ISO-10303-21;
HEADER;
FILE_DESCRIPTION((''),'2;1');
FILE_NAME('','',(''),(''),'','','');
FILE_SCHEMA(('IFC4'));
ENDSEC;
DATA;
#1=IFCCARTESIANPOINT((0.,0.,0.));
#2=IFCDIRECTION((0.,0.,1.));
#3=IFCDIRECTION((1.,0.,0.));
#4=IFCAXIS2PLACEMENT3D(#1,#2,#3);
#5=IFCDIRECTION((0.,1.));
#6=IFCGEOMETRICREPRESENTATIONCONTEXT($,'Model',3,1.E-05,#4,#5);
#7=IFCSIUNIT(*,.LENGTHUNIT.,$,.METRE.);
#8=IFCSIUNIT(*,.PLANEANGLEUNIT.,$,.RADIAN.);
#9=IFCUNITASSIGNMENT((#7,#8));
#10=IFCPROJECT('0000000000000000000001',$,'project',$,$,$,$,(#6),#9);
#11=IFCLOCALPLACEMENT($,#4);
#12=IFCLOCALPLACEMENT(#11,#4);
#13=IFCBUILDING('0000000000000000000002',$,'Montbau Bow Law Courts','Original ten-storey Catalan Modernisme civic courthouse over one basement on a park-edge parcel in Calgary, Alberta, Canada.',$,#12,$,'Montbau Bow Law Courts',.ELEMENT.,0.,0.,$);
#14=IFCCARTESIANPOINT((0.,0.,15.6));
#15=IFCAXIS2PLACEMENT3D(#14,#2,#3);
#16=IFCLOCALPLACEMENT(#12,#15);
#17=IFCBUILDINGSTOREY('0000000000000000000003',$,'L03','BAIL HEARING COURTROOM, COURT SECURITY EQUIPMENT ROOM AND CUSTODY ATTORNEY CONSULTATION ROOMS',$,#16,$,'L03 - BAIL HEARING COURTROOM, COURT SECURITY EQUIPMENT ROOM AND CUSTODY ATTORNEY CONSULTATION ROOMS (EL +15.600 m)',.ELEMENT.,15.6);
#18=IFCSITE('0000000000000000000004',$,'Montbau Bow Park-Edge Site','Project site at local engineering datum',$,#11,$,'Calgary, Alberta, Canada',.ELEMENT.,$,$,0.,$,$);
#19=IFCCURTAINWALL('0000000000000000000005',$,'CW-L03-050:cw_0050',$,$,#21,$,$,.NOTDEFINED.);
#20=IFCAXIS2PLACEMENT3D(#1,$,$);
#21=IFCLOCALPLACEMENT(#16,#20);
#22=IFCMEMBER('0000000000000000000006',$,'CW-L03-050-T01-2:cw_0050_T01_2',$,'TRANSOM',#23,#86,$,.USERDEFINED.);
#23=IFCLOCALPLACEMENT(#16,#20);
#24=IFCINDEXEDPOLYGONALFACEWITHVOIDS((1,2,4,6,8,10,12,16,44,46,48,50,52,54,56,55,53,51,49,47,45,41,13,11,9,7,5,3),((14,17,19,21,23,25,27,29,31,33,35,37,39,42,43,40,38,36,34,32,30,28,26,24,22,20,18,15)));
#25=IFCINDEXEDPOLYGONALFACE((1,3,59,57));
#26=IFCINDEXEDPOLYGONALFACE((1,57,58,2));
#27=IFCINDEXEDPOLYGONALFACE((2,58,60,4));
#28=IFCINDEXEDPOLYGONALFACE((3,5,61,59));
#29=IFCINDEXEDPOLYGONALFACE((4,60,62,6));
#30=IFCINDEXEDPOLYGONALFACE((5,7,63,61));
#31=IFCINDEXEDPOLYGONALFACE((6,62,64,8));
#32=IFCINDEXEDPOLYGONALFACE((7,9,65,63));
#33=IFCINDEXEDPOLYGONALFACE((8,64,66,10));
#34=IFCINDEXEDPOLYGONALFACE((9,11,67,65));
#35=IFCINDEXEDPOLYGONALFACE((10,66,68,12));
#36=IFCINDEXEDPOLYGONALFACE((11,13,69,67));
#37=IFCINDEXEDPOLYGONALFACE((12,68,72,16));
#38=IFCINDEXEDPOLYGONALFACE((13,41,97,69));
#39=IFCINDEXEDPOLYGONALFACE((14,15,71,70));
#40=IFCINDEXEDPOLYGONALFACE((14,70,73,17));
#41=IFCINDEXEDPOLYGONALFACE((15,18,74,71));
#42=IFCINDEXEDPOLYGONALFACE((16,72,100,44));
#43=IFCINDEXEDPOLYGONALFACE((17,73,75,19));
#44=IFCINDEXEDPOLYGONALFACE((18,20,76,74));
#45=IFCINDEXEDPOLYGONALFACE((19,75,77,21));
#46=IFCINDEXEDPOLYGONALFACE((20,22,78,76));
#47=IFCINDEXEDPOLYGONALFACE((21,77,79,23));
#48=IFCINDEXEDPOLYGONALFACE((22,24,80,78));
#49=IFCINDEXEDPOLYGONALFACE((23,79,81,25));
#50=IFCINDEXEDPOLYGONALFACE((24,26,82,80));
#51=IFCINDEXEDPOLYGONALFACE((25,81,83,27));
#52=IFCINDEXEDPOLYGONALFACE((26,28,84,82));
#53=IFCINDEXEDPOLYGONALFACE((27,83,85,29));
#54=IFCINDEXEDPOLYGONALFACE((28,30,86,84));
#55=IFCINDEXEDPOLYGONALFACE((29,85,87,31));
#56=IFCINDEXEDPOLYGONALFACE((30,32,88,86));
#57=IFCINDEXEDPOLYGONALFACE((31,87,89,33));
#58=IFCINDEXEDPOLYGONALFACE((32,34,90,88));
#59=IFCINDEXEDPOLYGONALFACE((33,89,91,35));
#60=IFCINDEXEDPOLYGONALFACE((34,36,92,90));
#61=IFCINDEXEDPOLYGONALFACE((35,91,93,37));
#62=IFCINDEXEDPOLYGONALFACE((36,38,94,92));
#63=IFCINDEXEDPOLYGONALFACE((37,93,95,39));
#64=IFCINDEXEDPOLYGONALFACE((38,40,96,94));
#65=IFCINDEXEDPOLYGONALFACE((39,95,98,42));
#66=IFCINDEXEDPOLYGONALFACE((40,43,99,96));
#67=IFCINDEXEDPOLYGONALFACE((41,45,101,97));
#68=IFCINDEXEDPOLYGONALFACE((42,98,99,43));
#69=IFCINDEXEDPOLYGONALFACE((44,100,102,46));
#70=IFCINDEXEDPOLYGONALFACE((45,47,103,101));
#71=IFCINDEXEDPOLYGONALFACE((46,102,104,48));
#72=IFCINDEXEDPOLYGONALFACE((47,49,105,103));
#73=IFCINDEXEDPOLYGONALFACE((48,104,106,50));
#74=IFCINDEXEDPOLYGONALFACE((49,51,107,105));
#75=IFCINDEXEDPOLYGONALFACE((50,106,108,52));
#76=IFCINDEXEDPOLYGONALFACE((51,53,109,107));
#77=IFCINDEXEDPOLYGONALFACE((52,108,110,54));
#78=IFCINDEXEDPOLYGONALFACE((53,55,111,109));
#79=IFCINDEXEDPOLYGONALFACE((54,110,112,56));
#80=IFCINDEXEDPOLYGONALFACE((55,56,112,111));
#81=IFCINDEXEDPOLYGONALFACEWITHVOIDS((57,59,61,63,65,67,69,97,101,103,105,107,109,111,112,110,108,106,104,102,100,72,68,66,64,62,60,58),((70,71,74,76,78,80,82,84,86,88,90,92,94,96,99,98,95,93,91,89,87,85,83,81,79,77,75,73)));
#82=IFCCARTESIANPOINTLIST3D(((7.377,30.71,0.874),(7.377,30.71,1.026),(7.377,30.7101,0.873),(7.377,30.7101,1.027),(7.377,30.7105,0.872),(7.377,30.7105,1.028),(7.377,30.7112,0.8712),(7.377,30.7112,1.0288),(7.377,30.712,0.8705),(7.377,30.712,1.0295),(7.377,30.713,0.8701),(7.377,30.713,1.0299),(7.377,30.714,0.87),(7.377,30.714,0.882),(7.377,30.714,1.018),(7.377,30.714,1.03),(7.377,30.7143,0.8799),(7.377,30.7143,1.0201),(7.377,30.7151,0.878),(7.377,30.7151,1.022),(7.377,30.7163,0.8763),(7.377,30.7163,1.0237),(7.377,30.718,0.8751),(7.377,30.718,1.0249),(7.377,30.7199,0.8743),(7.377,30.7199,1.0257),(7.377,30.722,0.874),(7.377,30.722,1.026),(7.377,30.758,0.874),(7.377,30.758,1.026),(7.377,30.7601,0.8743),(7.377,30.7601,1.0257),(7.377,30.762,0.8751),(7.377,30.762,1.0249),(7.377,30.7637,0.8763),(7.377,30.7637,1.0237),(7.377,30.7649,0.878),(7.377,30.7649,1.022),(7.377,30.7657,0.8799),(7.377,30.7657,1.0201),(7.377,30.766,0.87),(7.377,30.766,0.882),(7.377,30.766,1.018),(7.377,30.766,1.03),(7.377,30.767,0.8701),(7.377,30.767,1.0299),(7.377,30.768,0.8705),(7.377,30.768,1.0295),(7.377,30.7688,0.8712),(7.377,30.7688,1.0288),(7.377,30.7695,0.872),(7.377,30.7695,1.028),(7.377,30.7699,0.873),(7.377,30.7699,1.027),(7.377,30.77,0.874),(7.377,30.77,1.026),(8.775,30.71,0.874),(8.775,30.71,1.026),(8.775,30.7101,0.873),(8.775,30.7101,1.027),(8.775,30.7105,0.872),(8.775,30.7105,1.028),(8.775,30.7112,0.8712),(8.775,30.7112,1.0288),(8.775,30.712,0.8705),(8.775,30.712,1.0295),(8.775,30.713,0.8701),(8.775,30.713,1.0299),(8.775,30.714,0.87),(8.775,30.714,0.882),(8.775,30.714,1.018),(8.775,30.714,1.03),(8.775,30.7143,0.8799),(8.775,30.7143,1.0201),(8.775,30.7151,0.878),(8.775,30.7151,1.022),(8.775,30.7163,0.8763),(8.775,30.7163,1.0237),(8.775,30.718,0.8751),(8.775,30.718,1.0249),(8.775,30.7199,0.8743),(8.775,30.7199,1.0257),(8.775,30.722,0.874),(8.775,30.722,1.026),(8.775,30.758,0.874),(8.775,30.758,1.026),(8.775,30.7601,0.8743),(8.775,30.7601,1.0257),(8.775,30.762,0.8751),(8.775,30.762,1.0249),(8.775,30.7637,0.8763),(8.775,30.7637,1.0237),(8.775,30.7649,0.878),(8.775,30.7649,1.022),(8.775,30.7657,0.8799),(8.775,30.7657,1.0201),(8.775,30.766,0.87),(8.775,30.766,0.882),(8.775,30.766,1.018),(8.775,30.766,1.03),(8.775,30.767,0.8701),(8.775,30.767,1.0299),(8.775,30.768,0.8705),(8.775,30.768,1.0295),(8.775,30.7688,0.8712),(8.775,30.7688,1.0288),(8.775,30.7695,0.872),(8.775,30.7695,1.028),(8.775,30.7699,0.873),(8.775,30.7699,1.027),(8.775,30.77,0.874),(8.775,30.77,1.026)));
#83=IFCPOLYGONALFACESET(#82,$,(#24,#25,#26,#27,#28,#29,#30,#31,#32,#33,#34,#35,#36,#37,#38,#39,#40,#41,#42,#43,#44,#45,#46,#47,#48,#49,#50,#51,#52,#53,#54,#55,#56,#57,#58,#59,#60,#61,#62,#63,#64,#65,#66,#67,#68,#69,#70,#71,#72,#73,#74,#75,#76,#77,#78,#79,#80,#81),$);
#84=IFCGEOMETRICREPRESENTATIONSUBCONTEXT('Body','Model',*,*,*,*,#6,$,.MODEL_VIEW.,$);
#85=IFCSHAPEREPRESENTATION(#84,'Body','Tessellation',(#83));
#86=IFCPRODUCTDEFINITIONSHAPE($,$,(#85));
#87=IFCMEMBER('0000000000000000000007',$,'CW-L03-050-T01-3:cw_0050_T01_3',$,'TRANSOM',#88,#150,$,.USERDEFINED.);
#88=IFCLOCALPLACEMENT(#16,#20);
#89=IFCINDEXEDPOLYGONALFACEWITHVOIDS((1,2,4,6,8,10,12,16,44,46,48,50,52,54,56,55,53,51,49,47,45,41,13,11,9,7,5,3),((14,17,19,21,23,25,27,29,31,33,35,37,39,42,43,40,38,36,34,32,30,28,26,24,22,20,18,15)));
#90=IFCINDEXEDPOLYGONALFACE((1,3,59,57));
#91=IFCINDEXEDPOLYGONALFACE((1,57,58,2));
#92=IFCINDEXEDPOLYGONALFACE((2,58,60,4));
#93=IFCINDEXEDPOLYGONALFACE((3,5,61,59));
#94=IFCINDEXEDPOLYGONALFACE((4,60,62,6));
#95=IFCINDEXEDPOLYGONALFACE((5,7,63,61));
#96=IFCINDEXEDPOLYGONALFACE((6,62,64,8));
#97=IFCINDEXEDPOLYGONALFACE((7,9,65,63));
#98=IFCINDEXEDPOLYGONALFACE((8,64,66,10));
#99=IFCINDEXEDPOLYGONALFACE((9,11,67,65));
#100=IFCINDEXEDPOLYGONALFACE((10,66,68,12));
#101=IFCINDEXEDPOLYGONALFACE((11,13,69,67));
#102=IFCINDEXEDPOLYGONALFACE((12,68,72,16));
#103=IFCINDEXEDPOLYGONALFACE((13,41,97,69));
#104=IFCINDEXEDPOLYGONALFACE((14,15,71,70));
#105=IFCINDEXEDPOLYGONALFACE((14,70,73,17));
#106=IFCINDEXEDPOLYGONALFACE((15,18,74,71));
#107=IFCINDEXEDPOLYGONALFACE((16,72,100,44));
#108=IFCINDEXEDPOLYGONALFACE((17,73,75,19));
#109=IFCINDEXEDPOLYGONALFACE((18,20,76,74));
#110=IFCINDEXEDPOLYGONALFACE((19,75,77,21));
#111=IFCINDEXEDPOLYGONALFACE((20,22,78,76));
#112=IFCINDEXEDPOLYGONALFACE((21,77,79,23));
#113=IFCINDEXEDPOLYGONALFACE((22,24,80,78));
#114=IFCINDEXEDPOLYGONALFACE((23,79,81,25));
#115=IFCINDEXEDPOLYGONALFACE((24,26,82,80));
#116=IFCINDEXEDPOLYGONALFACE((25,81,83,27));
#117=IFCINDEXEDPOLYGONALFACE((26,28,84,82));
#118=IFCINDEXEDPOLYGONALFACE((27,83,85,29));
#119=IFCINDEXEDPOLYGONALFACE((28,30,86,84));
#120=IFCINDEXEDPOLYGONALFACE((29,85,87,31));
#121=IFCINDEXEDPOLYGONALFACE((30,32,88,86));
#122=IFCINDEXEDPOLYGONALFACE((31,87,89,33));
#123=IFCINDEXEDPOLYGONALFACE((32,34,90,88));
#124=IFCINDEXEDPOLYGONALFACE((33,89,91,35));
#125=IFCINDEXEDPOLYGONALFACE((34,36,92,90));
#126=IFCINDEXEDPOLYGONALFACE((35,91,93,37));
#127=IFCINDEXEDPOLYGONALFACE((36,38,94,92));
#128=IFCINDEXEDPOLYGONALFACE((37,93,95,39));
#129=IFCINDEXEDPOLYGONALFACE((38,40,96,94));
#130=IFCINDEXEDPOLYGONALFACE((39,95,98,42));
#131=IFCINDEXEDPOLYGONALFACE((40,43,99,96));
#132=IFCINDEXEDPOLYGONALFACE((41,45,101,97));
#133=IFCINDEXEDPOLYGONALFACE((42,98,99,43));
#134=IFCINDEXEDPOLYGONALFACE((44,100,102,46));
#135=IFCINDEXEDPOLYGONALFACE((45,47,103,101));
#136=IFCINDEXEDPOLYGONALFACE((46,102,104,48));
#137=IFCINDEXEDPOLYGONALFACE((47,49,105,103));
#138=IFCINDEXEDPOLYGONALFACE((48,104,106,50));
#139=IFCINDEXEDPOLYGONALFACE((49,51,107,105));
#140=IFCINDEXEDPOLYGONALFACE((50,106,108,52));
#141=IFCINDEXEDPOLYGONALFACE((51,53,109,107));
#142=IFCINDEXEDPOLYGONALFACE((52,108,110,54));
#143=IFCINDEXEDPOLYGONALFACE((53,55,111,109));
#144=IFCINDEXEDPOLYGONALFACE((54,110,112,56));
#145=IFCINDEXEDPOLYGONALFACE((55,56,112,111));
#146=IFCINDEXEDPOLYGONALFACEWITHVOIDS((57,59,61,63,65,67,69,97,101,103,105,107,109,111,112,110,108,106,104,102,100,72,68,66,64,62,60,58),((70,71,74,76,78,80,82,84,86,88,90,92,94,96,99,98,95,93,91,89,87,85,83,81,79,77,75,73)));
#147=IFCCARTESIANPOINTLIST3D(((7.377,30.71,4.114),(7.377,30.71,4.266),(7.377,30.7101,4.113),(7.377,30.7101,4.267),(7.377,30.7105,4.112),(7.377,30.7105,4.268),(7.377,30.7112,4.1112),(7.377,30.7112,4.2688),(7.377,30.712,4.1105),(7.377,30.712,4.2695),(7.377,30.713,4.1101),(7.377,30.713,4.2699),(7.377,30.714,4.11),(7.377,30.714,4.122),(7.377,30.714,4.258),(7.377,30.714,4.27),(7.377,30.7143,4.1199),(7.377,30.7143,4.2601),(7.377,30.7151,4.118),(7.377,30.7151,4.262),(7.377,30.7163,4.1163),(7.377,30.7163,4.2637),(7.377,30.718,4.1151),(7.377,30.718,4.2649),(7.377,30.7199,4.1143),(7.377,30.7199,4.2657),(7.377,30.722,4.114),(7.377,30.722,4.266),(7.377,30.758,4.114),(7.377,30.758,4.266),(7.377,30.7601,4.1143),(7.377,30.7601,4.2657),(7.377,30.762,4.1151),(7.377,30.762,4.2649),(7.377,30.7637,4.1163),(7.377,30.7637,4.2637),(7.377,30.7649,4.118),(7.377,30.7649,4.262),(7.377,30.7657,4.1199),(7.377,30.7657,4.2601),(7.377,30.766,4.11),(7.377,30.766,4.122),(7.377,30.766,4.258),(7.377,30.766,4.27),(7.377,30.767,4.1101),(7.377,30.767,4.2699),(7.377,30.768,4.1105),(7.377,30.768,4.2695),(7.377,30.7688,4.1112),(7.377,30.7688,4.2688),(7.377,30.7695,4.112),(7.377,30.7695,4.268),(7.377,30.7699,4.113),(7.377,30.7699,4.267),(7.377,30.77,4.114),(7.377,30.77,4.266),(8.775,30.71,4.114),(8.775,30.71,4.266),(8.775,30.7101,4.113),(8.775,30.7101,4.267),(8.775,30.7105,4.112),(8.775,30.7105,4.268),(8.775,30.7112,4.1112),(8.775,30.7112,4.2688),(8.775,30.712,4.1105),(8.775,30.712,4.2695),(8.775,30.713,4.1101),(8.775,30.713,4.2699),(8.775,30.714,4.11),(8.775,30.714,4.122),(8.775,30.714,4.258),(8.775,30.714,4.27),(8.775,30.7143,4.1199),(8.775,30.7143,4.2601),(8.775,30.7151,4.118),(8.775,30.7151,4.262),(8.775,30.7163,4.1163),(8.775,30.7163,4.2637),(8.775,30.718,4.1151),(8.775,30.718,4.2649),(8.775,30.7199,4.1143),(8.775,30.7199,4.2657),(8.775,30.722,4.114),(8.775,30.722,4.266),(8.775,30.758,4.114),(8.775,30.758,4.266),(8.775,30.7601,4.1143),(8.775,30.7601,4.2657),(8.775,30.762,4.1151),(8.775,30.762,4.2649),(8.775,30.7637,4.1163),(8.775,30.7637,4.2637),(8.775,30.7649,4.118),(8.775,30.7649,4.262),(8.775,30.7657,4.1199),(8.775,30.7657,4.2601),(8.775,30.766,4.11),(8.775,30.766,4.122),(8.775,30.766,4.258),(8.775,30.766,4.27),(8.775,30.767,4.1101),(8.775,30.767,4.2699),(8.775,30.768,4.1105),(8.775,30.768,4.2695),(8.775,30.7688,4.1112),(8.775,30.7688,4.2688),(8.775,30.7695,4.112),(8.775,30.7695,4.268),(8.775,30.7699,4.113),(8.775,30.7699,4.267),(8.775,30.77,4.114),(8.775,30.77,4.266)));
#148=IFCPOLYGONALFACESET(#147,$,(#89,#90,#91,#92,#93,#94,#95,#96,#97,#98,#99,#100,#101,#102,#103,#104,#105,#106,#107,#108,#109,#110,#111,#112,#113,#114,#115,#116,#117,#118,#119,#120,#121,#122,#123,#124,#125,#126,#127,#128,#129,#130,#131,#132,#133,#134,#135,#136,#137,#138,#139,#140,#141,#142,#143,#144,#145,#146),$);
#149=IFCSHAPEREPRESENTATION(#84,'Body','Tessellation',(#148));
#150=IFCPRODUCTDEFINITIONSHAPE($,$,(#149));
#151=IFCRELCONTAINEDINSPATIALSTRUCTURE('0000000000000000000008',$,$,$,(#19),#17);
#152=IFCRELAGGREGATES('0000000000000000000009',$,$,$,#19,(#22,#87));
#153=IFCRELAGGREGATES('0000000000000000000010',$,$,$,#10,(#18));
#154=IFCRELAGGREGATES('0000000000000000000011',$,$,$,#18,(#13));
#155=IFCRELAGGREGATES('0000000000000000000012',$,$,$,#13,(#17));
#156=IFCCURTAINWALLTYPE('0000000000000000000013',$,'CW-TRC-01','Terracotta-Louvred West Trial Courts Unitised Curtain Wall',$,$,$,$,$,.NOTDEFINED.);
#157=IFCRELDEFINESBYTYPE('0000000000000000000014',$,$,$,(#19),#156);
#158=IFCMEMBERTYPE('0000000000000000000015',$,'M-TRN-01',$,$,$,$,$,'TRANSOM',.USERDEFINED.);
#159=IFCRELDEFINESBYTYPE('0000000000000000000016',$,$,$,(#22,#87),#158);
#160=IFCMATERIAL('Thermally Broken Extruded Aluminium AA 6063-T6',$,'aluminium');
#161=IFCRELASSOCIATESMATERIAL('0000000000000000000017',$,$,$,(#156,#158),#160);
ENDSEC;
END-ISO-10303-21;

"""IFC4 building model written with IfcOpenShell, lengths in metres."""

from ifc_helpers import new_model, si_unit, direction, frame, origin_with_axes, origin_2d_with_axis, place, context, subcontext, project, spatial, hollow_rectangle, extrude, material, material_profile, profile_set, type_object, element, aggregate, save


model = new_model("IFC4")

# Units and contexts
model_context = context("Model", 3, precision=1e-05, world=origin_with_axes(), true_north=direction((0.0, 1.0)))
body_context = subcontext(model_context, "Body", "Model", "MODEL_VIEW")
ifc_project = project(units=[si_unit("LENGTHUNIT", "METRE"), si_unit("PLANEANGLEUNIT", "RADIAN")], contexts=[model_context])

# Site, building, storey
site_placement = place(None, origin_with_axes())
site = spatial("IfcSite", under=ifc_project, at=site_placement, Name="Montbau Bow Park-Edge Site", Description="Project site at local engineering datum", LongName="Calgary, Alberta, Canada", CompositionType="ELEMENT", RefElevation=0.0)
building_placement = place(site_placement, origin_with_axes())
building = spatial("IfcBuilding", under=site, at=building_placement, Name="Montbau Bow Law Courts", Description="Original ten-storey Catalan Modernisme civic courthouse over one basement on a park-edge parcel in Calgary, Alberta, Canada.", LongName="Montbau Bow Law Courts", CompositionType="ELEMENT", ElevationOfRefHeight=0.0, ElevationOfTerrain=0.0)
storey_placement = place(building_placement, frame((0.0, 0.0, 15.6), z_axis=(0.0, 0.0, 1.0), x_axis=(1.0, 0.0, 0.0)))
storey = spatial("IfcBuildingStorey", under=building, at=storey_placement, Name="L03", Description="BAIL HEARING COURTROOM, COURT SECURITY EQUIPMENT ROOM AND CUSTODY ATTORNEY CONSULTATION ROOMS", LongName="L03 - BAIL HEARING COURTROOM, COURT SECURITY EQUIPMENT ROOM AND CUSTODY ATTORNEY CONSULTATION ROOMS (EL +15.600 m)", CompositionType="ELEMENT", Elevation=15.6)

# Curtain wall, members
ifc_material_1 = material(Name="Thermally Broken Extruded Aluminium AA 6063-T6", Category="aluminium")
curtain_wall_type = type_object("IfcCurtainWallType", Name="CW-TRC-01", Description="Terracotta-Louvred West Trial Courts Unitised Curtain Wall", PredefinedType="NOTDEFINED", material=ifc_material_1)
curtain_wall_placement = place(None, frame((7.315, 30.74, 15.6), z_axis=(0.0, 0.0, 1.0), x_axis=(1.0, 0.0, 0.0)))
curtain_wall = element("IfcCurtainWall", 1, at=curtain_wall_placement, inside=storey, type_object=curtain_wall_type, Name="CW-L03-050:cw_0050", PredefinedType="NOTDEFINED")
ifc_material_profile_1 = material_profile(ifc_material_1, hollow_rectangle(XDim=0.06, YDim=0.16, WallThickness=0.004, InnerFilletRadius=0.008, OuterFilletRadius=0.004, at=origin_2d_with_axis()), Name="CWT-160X60", Category="Main", Priority=0)
ifc_profile_set_1 = profile_set([ifc_material_profile_1], Name="Thermally Broken Extruded Aluminium AA 6063-T6")
member_type_1 = type_object("IfcMemberType", Name="M-TRN-01", ElementType="TRANSOM", PredefinedType="USERDEFINED", material=ifc_profile_set_1)
member_1_placement = place(None, frame((7.377, 30.74, 16.55), z_axis=(1.0, 0.0, 0.0), x_axis=(0.0, 1.0, 0.0)))
member_1 = element("IfcMember", 2, at=member_1_placement, type_object=member_type_1, Name="CW-L03-050-T01-2:cw_0050_T01_2", ObjectType="TRANSOM", PredefinedType="USERDEFINED", context=body_context, shape_type="SweptSolid", body=[
    extrude(hollow_rectangle(XDim=0.06, YDim=0.16, WallThickness=0.004, InnerFilletRadius=0.008, OuterFilletRadius=0.004, at=origin_2d_with_axis()), origin_with_axes(), (0.0, 0.0, 1.0), 1.398),
])
member_2_placement = place(None, frame((7.377, 30.74, 19.79), z_axis=(1.0, 0.0, 0.0), x_axis=(0.0, 1.0, 0.0)))
member_2 = element("IfcMember", 3, at=member_2_placement, type_object=member_type_1, Name="CW-L03-050-T01-3:cw_0050_T01_3", ObjectType="TRANSOM", PredefinedType="USERDEFINED", context=body_context, shape_type="SweptSolid", body=[
    extrude(hollow_rectangle(XDim=0.06, YDim=0.16, WallThickness=0.004, InnerFilletRadius=0.008, OuterFilletRadius=0.004, at=origin_2d_with_axis()), origin_with_axes(), (0.0, 0.0, 1.0), 1.398),
])
aggregate(curtain_wall, [member_1, member_2])

save(model, "model.ifc")
